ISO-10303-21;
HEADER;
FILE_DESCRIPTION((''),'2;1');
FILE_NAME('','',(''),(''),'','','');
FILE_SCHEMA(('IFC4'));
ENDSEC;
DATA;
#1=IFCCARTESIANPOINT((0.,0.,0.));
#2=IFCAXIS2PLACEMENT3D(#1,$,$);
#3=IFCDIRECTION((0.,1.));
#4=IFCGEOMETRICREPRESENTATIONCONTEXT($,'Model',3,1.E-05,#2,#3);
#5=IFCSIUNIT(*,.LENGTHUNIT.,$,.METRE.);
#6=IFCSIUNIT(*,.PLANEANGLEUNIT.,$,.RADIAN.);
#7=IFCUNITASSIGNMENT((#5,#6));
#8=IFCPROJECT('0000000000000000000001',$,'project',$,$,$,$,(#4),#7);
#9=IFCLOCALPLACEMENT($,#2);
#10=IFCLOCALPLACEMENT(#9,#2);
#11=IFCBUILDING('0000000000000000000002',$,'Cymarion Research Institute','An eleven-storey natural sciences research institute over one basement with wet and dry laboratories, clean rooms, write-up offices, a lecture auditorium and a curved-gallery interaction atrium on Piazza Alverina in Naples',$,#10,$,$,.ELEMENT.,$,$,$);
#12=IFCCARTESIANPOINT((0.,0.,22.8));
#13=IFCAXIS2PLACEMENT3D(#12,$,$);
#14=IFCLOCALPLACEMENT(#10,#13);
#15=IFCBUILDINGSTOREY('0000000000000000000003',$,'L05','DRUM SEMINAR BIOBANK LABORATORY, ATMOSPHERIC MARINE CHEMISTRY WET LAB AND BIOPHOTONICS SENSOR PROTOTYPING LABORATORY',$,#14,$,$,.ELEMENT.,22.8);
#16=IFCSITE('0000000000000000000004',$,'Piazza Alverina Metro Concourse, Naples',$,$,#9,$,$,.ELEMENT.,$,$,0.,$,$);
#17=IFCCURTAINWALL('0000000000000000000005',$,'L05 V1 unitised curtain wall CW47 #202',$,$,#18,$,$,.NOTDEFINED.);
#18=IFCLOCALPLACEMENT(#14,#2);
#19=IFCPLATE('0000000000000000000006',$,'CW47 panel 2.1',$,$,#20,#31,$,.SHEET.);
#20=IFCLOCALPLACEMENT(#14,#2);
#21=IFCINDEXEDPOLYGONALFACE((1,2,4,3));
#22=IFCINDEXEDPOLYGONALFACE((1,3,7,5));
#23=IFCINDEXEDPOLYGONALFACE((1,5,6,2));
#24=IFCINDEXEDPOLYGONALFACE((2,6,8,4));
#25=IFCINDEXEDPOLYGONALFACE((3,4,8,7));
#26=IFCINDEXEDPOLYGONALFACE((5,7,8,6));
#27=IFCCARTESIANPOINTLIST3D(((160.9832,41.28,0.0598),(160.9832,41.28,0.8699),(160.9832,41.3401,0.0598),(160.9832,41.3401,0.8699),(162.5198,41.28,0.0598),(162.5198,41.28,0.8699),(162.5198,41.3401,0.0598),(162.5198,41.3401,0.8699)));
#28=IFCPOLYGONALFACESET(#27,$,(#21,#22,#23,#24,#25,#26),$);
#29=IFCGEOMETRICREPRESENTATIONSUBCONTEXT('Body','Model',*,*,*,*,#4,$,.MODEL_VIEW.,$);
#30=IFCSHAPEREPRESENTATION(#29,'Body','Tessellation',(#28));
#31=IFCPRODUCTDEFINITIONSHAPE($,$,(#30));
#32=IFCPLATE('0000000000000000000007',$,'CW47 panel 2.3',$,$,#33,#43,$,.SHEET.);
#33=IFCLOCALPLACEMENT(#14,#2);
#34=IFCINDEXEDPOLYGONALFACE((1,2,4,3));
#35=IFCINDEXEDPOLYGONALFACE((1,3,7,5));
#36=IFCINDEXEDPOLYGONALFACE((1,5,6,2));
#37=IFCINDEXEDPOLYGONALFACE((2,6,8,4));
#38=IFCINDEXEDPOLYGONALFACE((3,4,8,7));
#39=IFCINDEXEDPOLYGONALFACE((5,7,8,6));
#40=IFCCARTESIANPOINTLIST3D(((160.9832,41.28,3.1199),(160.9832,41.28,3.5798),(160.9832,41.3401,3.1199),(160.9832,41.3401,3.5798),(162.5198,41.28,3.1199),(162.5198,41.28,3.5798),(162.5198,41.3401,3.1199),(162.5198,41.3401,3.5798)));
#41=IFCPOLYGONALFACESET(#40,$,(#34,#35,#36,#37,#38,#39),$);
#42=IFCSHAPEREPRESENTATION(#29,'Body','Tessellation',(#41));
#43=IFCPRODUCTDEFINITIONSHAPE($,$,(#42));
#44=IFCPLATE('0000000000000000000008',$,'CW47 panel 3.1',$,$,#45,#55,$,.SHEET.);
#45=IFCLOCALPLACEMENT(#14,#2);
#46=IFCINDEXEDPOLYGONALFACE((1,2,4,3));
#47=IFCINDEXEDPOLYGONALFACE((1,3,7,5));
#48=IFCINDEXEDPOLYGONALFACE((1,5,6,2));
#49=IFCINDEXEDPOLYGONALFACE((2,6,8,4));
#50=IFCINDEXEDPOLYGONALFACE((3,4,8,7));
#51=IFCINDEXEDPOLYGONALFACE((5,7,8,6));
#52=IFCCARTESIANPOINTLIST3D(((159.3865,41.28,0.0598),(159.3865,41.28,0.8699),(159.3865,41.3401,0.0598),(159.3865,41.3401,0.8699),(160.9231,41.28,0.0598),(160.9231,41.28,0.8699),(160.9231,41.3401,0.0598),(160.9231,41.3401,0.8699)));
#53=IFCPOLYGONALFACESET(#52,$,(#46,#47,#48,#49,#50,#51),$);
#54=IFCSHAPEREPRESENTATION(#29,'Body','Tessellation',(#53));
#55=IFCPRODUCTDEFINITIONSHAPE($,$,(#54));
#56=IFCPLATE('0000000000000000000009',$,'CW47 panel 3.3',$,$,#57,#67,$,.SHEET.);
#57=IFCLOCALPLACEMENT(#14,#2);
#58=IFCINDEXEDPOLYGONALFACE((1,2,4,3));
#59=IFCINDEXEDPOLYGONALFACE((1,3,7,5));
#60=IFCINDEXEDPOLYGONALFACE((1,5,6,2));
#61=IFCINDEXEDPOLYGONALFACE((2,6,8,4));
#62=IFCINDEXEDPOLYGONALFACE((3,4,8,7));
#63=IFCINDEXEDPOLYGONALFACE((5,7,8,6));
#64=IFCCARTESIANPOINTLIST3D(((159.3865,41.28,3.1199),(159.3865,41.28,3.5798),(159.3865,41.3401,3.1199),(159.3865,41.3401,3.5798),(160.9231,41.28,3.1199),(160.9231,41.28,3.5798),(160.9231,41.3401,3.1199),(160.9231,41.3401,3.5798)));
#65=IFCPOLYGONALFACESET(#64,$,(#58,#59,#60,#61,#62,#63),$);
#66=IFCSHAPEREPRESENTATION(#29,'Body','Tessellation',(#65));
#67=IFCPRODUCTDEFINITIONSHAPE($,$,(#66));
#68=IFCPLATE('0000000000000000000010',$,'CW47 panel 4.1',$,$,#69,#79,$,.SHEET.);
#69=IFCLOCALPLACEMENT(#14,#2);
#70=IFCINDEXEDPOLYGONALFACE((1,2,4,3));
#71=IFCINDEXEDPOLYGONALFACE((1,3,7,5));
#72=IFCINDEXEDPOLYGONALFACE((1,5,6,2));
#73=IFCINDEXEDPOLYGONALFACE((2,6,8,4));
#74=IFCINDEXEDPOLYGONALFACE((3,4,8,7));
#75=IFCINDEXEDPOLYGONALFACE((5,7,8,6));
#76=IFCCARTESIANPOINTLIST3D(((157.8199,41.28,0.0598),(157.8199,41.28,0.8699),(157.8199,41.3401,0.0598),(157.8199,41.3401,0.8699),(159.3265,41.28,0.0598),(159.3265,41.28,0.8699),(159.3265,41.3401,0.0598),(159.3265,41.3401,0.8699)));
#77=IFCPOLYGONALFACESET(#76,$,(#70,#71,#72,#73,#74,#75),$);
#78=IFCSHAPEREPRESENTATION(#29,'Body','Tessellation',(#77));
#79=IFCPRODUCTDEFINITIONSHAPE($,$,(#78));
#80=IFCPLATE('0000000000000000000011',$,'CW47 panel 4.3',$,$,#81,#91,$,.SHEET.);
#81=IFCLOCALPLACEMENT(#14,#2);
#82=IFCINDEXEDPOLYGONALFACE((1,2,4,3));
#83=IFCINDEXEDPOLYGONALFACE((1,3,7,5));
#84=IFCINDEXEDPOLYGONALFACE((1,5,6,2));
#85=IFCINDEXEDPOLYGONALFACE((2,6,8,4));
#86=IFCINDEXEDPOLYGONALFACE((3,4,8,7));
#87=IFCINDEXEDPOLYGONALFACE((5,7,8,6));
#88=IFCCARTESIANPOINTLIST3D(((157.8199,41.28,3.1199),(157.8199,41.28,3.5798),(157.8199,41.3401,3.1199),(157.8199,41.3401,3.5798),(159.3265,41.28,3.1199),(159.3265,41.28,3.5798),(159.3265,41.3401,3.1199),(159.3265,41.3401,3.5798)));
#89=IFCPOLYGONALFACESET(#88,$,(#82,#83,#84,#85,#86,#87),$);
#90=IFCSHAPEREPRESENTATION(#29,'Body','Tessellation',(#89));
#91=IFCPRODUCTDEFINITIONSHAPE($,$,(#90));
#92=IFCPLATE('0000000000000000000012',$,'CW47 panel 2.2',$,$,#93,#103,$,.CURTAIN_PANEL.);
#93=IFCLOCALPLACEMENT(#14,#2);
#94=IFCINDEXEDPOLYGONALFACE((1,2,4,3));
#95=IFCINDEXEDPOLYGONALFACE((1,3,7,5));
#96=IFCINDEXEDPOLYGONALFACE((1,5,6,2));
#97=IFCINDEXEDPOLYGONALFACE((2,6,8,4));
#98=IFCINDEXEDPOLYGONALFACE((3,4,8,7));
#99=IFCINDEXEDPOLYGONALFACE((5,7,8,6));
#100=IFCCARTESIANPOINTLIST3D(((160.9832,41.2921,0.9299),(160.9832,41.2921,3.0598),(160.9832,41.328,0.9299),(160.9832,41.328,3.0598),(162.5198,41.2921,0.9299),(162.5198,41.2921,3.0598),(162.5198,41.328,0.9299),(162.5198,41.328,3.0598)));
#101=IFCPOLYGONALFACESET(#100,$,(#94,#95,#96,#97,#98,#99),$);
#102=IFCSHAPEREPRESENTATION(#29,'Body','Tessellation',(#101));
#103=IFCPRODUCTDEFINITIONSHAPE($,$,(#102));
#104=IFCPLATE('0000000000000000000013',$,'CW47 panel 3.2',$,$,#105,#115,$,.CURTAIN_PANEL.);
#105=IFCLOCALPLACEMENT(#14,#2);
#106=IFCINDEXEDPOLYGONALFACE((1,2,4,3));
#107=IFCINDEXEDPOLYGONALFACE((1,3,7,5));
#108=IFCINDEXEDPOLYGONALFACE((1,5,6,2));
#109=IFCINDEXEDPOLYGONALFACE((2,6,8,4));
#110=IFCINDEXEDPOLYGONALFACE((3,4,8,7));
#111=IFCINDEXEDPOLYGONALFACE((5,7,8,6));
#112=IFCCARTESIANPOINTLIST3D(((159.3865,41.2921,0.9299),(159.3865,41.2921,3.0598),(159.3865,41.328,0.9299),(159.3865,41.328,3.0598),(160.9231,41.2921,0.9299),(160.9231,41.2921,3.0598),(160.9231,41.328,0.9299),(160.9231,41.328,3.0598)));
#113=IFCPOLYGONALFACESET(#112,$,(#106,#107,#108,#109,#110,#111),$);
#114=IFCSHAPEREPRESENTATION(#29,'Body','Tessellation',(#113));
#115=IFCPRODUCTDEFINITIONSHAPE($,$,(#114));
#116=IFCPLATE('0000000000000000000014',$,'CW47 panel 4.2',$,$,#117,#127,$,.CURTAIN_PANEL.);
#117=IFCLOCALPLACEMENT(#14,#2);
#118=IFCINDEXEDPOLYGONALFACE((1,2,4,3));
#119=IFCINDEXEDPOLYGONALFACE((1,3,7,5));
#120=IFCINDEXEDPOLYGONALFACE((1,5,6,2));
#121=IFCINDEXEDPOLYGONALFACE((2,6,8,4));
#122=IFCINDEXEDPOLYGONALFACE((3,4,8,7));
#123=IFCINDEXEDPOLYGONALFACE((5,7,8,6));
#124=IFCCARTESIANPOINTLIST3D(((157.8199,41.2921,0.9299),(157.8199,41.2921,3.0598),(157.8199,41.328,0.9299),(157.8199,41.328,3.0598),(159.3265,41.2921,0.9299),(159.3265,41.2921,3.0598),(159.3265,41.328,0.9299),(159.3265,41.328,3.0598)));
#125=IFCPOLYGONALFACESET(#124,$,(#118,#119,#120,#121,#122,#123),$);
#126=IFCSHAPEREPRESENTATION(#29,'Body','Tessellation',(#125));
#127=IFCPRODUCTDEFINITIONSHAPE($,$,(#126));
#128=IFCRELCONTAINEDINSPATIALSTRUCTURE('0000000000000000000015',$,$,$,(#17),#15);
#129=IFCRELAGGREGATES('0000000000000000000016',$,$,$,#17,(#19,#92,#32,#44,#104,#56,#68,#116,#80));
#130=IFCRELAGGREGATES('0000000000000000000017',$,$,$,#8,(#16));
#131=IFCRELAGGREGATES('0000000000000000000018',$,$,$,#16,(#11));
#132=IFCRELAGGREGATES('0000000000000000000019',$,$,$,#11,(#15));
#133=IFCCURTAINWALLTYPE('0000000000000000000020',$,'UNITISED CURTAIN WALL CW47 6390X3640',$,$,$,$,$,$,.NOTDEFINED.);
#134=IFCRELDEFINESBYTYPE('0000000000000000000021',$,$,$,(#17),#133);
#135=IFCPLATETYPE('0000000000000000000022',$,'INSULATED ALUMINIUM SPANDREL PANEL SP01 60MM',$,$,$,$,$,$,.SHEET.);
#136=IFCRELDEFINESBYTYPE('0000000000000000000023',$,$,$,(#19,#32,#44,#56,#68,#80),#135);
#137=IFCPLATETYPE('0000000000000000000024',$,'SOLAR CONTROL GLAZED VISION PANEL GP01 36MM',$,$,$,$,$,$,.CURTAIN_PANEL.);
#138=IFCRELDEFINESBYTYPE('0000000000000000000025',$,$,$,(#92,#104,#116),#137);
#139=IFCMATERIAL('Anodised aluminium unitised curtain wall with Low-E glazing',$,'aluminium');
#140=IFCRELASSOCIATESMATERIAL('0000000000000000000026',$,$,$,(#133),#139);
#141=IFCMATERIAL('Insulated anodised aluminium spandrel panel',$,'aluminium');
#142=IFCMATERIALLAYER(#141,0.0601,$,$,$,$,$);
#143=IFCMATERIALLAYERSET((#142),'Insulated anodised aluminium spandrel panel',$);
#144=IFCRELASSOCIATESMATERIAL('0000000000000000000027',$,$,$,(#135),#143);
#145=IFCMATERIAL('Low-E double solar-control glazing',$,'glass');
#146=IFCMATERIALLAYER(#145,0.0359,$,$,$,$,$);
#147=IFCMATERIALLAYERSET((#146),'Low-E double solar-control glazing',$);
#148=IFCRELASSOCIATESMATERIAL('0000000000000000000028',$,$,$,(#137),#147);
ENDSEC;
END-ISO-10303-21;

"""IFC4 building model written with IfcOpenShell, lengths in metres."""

from ifc_helpers import new_model, si_unit, direction, frame, origin, origin_2d, place, context, subcontext, project, spatial, rectangle, extrude, material, layer, layer_set, type_object, element, aggregate, save


model = new_model("IFC4")

# Units and contexts
model_context = context("Model", 3, precision=1e-05, world=origin(), true_north=direction((0.0, 1.0)))
body_context = subcontext(model_context, "Body", "Model", "MODEL_VIEW")
ifc_project = project(units=[si_unit("LENGTHUNIT", "METRE"), si_unit("PLANEANGLEUNIT", "RADIAN")], contexts=[model_context])

# Site, building, storey
site_placement = place(None, origin())
site = spatial("IfcSite", under=ifc_project, at=site_placement, Name="Piazza Alverina Metro Concourse, Naples", CompositionType="ELEMENT", RefElevation=0.0)
building_placement = place(site_placement, origin())
building = spatial("IfcBuilding", under=site, at=building_placement, Name="Cymarion Research Institute", Description="An eleven-storey natural sciences research institute over one basement with wet and dry laboratories, clean rooms, write-up offices, a lecture auditorium and a curved-gallery interaction atrium on Piazza Alverina in Naples", CompositionType="ELEMENT")
storey_placement = place(building_placement, frame((0.0, 0.0, 22.8)))
storey = spatial("IfcBuildingStorey", under=building, at=storey_placement, Name="L05", Description="DRUM SEMINAR BIOBANK LABORATORY, ATMOSPHERIC MARINE CHEMISTRY WET LAB AND BIOPHOTONICS SENSOR PROTOTYPING LABORATORY", CompositionType="ELEMENT", Elevation=22.8)

# Curtain wall, plates
ifc_material_1 = material(Name="Anodised aluminium unitised curtain wall with Low-E glazing", Category="aluminium")
curtain_wall_type = type_object("IfcCurtainWallType", Name="UNITISED CURTAIN WALL CW47 6390X3640", PredefinedType="NOTDEFINED", material=ifc_material_1)
curtain_wall_placement = place(storey_placement, origin())
curtain_wall = element("IfcCurtainWall", 1, at=curtain_wall_placement, inside=storey, type_object=curtain_wall_type, Name="L05 V1 unitised curtain wall CW47 #202", PredefinedType="NOTDEFINED")
ifc_material_2 = material(Name="Insulated anodised aluminium spandrel panel", Category="aluminium")
ifc_layer_1 = layer(ifc_material_2, 0.0601)
ifc_layer_set_1 = layer_set([ifc_layer_1], Name="Insulated anodised aluminium spandrel panel")
plate_type_1 = type_object("IfcPlateType", Name="INSULATED ALUMINIUM SPANDREL PANEL SP01 60MM", PredefinedType="SHEET", material=ifc_layer_set_1)
plate_1_placement = place(storey_placement, frame((161.7515, 41.3101, 0.0598), z_axis=(0.0, 0.0, 1.0), x_axis=(-1.0, 0.0, 0.0)))
plate_1 = element("IfcPlate", 2, at=plate_1_placement, type_object=plate_type_1, Name="CW47 panel 2.1", PredefinedType="SHEET", context=body_context, shape_type="SweptSolid", body=[
    extrude(rectangle(XDim=1.5366, YDim=0.0601, at=origin_2d()), origin(), (0.0, 0.0, 1.0), 0.8101),
])
plate_2_placement = place(storey_placement, frame((161.7515, 41.3101, 3.1199), z_axis=(0.0, 0.0, 1.0), x_axis=(-1.0, 0.0, 0.0)))
plate_2 = element("IfcPlate", 3, at=plate_2_placement, type_object=plate_type_1, Name="CW47 panel 2.3", PredefinedType="SHEET", context=body_context, shape_type="SweptSolid", body=[
    extrude(rectangle(XDim=1.5366, YDim=0.0601, at=origin_2d()), origin(), (0.0, 0.0, 1.0), 0.46),
])
plate_3_placement = place(storey_placement, frame((160.1548, 41.3101, 0.0598), z_axis=(0.0, 0.0, 1.0), x_axis=(-1.0, 0.0, 0.0)))
plate_3 = element("IfcPlate", 4, at=plate_3_placement, type_object=plate_type_1, Name="CW47 panel 3.1", PredefinedType="SHEET", context=body_context, shape_type="SweptSolid", body=[
    extrude(rectangle(XDim=1.5366, YDim=0.0601, at=origin_2d()), origin(), (0.0, 0.0, 1.0), 0.8101),
])
plate_4_placement = place(storey_placement, frame((160.1548, 41.3101, 3.1199), z_axis=(0.0, 0.0, 1.0), x_axis=(-1.0, 0.0, 0.0)))
plate_4 = element("IfcPlate", 5, at=plate_4_placement, type_object=plate_type_1, Name="CW47 panel 3.3", PredefinedType="SHEET", context=body_context, shape_type="SweptSolid", body=[
    extrude(rectangle(XDim=1.5366, YDim=0.0601, at=origin_2d()), origin(), (0.0, 0.0, 1.0), 0.46),
])
plate_5_placement = place(storey_placement, frame((158.5732, 41.3101, 0.0598), z_axis=(0.0, 0.0, 1.0), x_axis=(-1.0, 0.0, 0.0)))
plate_5 = element("IfcPlate", 6, at=plate_5_placement, type_object=plate_type_1, Name="CW47 panel 4.1", PredefinedType="SHEET", context=body_context, shape_type="SweptSolid", body=[
    extrude(rectangle(XDim=1.5066, YDim=0.0601, at=origin_2d()), origin(), (0.0, 0.0, 1.0), 0.8101),
])
plate_6_placement = place(storey_placement, frame((158.5732, 41.3101, 3.1199), z_axis=(0.0, 0.0, 1.0), x_axis=(-1.0, 0.0, 0.0)))
plate_6 = element("IfcPlate", 7, at=plate_6_placement, type_object=plate_type_1, Name="CW47 panel 4.3", PredefinedType="SHEET", context=body_context, shape_type="SweptSolid", body=[
    extrude(rectangle(XDim=1.5066, YDim=0.0601, at=origin_2d()), origin(), (0.0, 0.0, 1.0), 0.46),
])
ifc_material_3 = material(Name="Low-E double solar-control glazing", Category="glass")
ifc_layer_2 = layer(ifc_material_3, 0.0359)
ifc_layer_set_2 = layer_set([ifc_layer_2], Name="Low-E double solar-control glazing")
plate_type_2 = type_object("IfcPlateType", Name="SOLAR CONTROL GLAZED VISION PANEL GP01 36MM", PredefinedType="CURTAIN_PANEL", material=ifc_layer_set_2)
plate_7_placement = place(storey_placement, frame((161.7515, 41.3101, 0.9299), z_axis=(0.0, 0.0, 1.0), x_axis=(-1.0, 0.0, 0.0)))
plate_7 = element("IfcPlate", 8, at=plate_7_placement, type_object=plate_type_2, Name="CW47 panel 2.2", PredefinedType="CURTAIN_PANEL", context=body_context, shape_type="SweptSolid", body=[
    extrude(rectangle(XDim=1.5366, YDim=0.0359, at=origin_2d()), origin(), (0.0, 0.0, 1.0), 2.1299),
])
plate_8_placement = place(storey_placement, frame((160.1548, 41.3101, 0.9299), z_axis=(0.0, 0.0, 1.0), x_axis=(-1.0, 0.0, 0.0)))
plate_8 = element("IfcPlate", 9, at=plate_8_placement, type_object=plate_type_2, Name="CW47 panel 3.2", PredefinedType="CURTAIN_PANEL", context=body_context, shape_type="SweptSolid", body=[
    extrude(rectangle(XDim=1.5366, YDim=0.0359, at=origin_2d()), origin(), (0.0, 0.0, 1.0), 2.1299),
])
plate_9_placement = place(storey_placement, frame((158.5732, 41.3101, 0.9299), z_axis=(0.0, 0.0, 1.0), x_axis=(-1.0, 0.0, 0.0)))
plate_9 = element("IfcPlate", 10, at=plate_9_placement, type_object=plate_type_2, Name="CW47 panel 4.2", PredefinedType="CURTAIN_PANEL", context=body_context, shape_type="SweptSolid", body=[
    extrude(rectangle(XDim=1.5066, YDim=0.0359, at=origin_2d()), origin(), (0.0, 0.0, 1.0), 2.1299),
])
aggregate(curtain_wall, [plate_1, plate_7, plate_2, plate_3, plate_8, plate_4, plate_5, plate_9, plate_6])

save(model, "model.ifc")
